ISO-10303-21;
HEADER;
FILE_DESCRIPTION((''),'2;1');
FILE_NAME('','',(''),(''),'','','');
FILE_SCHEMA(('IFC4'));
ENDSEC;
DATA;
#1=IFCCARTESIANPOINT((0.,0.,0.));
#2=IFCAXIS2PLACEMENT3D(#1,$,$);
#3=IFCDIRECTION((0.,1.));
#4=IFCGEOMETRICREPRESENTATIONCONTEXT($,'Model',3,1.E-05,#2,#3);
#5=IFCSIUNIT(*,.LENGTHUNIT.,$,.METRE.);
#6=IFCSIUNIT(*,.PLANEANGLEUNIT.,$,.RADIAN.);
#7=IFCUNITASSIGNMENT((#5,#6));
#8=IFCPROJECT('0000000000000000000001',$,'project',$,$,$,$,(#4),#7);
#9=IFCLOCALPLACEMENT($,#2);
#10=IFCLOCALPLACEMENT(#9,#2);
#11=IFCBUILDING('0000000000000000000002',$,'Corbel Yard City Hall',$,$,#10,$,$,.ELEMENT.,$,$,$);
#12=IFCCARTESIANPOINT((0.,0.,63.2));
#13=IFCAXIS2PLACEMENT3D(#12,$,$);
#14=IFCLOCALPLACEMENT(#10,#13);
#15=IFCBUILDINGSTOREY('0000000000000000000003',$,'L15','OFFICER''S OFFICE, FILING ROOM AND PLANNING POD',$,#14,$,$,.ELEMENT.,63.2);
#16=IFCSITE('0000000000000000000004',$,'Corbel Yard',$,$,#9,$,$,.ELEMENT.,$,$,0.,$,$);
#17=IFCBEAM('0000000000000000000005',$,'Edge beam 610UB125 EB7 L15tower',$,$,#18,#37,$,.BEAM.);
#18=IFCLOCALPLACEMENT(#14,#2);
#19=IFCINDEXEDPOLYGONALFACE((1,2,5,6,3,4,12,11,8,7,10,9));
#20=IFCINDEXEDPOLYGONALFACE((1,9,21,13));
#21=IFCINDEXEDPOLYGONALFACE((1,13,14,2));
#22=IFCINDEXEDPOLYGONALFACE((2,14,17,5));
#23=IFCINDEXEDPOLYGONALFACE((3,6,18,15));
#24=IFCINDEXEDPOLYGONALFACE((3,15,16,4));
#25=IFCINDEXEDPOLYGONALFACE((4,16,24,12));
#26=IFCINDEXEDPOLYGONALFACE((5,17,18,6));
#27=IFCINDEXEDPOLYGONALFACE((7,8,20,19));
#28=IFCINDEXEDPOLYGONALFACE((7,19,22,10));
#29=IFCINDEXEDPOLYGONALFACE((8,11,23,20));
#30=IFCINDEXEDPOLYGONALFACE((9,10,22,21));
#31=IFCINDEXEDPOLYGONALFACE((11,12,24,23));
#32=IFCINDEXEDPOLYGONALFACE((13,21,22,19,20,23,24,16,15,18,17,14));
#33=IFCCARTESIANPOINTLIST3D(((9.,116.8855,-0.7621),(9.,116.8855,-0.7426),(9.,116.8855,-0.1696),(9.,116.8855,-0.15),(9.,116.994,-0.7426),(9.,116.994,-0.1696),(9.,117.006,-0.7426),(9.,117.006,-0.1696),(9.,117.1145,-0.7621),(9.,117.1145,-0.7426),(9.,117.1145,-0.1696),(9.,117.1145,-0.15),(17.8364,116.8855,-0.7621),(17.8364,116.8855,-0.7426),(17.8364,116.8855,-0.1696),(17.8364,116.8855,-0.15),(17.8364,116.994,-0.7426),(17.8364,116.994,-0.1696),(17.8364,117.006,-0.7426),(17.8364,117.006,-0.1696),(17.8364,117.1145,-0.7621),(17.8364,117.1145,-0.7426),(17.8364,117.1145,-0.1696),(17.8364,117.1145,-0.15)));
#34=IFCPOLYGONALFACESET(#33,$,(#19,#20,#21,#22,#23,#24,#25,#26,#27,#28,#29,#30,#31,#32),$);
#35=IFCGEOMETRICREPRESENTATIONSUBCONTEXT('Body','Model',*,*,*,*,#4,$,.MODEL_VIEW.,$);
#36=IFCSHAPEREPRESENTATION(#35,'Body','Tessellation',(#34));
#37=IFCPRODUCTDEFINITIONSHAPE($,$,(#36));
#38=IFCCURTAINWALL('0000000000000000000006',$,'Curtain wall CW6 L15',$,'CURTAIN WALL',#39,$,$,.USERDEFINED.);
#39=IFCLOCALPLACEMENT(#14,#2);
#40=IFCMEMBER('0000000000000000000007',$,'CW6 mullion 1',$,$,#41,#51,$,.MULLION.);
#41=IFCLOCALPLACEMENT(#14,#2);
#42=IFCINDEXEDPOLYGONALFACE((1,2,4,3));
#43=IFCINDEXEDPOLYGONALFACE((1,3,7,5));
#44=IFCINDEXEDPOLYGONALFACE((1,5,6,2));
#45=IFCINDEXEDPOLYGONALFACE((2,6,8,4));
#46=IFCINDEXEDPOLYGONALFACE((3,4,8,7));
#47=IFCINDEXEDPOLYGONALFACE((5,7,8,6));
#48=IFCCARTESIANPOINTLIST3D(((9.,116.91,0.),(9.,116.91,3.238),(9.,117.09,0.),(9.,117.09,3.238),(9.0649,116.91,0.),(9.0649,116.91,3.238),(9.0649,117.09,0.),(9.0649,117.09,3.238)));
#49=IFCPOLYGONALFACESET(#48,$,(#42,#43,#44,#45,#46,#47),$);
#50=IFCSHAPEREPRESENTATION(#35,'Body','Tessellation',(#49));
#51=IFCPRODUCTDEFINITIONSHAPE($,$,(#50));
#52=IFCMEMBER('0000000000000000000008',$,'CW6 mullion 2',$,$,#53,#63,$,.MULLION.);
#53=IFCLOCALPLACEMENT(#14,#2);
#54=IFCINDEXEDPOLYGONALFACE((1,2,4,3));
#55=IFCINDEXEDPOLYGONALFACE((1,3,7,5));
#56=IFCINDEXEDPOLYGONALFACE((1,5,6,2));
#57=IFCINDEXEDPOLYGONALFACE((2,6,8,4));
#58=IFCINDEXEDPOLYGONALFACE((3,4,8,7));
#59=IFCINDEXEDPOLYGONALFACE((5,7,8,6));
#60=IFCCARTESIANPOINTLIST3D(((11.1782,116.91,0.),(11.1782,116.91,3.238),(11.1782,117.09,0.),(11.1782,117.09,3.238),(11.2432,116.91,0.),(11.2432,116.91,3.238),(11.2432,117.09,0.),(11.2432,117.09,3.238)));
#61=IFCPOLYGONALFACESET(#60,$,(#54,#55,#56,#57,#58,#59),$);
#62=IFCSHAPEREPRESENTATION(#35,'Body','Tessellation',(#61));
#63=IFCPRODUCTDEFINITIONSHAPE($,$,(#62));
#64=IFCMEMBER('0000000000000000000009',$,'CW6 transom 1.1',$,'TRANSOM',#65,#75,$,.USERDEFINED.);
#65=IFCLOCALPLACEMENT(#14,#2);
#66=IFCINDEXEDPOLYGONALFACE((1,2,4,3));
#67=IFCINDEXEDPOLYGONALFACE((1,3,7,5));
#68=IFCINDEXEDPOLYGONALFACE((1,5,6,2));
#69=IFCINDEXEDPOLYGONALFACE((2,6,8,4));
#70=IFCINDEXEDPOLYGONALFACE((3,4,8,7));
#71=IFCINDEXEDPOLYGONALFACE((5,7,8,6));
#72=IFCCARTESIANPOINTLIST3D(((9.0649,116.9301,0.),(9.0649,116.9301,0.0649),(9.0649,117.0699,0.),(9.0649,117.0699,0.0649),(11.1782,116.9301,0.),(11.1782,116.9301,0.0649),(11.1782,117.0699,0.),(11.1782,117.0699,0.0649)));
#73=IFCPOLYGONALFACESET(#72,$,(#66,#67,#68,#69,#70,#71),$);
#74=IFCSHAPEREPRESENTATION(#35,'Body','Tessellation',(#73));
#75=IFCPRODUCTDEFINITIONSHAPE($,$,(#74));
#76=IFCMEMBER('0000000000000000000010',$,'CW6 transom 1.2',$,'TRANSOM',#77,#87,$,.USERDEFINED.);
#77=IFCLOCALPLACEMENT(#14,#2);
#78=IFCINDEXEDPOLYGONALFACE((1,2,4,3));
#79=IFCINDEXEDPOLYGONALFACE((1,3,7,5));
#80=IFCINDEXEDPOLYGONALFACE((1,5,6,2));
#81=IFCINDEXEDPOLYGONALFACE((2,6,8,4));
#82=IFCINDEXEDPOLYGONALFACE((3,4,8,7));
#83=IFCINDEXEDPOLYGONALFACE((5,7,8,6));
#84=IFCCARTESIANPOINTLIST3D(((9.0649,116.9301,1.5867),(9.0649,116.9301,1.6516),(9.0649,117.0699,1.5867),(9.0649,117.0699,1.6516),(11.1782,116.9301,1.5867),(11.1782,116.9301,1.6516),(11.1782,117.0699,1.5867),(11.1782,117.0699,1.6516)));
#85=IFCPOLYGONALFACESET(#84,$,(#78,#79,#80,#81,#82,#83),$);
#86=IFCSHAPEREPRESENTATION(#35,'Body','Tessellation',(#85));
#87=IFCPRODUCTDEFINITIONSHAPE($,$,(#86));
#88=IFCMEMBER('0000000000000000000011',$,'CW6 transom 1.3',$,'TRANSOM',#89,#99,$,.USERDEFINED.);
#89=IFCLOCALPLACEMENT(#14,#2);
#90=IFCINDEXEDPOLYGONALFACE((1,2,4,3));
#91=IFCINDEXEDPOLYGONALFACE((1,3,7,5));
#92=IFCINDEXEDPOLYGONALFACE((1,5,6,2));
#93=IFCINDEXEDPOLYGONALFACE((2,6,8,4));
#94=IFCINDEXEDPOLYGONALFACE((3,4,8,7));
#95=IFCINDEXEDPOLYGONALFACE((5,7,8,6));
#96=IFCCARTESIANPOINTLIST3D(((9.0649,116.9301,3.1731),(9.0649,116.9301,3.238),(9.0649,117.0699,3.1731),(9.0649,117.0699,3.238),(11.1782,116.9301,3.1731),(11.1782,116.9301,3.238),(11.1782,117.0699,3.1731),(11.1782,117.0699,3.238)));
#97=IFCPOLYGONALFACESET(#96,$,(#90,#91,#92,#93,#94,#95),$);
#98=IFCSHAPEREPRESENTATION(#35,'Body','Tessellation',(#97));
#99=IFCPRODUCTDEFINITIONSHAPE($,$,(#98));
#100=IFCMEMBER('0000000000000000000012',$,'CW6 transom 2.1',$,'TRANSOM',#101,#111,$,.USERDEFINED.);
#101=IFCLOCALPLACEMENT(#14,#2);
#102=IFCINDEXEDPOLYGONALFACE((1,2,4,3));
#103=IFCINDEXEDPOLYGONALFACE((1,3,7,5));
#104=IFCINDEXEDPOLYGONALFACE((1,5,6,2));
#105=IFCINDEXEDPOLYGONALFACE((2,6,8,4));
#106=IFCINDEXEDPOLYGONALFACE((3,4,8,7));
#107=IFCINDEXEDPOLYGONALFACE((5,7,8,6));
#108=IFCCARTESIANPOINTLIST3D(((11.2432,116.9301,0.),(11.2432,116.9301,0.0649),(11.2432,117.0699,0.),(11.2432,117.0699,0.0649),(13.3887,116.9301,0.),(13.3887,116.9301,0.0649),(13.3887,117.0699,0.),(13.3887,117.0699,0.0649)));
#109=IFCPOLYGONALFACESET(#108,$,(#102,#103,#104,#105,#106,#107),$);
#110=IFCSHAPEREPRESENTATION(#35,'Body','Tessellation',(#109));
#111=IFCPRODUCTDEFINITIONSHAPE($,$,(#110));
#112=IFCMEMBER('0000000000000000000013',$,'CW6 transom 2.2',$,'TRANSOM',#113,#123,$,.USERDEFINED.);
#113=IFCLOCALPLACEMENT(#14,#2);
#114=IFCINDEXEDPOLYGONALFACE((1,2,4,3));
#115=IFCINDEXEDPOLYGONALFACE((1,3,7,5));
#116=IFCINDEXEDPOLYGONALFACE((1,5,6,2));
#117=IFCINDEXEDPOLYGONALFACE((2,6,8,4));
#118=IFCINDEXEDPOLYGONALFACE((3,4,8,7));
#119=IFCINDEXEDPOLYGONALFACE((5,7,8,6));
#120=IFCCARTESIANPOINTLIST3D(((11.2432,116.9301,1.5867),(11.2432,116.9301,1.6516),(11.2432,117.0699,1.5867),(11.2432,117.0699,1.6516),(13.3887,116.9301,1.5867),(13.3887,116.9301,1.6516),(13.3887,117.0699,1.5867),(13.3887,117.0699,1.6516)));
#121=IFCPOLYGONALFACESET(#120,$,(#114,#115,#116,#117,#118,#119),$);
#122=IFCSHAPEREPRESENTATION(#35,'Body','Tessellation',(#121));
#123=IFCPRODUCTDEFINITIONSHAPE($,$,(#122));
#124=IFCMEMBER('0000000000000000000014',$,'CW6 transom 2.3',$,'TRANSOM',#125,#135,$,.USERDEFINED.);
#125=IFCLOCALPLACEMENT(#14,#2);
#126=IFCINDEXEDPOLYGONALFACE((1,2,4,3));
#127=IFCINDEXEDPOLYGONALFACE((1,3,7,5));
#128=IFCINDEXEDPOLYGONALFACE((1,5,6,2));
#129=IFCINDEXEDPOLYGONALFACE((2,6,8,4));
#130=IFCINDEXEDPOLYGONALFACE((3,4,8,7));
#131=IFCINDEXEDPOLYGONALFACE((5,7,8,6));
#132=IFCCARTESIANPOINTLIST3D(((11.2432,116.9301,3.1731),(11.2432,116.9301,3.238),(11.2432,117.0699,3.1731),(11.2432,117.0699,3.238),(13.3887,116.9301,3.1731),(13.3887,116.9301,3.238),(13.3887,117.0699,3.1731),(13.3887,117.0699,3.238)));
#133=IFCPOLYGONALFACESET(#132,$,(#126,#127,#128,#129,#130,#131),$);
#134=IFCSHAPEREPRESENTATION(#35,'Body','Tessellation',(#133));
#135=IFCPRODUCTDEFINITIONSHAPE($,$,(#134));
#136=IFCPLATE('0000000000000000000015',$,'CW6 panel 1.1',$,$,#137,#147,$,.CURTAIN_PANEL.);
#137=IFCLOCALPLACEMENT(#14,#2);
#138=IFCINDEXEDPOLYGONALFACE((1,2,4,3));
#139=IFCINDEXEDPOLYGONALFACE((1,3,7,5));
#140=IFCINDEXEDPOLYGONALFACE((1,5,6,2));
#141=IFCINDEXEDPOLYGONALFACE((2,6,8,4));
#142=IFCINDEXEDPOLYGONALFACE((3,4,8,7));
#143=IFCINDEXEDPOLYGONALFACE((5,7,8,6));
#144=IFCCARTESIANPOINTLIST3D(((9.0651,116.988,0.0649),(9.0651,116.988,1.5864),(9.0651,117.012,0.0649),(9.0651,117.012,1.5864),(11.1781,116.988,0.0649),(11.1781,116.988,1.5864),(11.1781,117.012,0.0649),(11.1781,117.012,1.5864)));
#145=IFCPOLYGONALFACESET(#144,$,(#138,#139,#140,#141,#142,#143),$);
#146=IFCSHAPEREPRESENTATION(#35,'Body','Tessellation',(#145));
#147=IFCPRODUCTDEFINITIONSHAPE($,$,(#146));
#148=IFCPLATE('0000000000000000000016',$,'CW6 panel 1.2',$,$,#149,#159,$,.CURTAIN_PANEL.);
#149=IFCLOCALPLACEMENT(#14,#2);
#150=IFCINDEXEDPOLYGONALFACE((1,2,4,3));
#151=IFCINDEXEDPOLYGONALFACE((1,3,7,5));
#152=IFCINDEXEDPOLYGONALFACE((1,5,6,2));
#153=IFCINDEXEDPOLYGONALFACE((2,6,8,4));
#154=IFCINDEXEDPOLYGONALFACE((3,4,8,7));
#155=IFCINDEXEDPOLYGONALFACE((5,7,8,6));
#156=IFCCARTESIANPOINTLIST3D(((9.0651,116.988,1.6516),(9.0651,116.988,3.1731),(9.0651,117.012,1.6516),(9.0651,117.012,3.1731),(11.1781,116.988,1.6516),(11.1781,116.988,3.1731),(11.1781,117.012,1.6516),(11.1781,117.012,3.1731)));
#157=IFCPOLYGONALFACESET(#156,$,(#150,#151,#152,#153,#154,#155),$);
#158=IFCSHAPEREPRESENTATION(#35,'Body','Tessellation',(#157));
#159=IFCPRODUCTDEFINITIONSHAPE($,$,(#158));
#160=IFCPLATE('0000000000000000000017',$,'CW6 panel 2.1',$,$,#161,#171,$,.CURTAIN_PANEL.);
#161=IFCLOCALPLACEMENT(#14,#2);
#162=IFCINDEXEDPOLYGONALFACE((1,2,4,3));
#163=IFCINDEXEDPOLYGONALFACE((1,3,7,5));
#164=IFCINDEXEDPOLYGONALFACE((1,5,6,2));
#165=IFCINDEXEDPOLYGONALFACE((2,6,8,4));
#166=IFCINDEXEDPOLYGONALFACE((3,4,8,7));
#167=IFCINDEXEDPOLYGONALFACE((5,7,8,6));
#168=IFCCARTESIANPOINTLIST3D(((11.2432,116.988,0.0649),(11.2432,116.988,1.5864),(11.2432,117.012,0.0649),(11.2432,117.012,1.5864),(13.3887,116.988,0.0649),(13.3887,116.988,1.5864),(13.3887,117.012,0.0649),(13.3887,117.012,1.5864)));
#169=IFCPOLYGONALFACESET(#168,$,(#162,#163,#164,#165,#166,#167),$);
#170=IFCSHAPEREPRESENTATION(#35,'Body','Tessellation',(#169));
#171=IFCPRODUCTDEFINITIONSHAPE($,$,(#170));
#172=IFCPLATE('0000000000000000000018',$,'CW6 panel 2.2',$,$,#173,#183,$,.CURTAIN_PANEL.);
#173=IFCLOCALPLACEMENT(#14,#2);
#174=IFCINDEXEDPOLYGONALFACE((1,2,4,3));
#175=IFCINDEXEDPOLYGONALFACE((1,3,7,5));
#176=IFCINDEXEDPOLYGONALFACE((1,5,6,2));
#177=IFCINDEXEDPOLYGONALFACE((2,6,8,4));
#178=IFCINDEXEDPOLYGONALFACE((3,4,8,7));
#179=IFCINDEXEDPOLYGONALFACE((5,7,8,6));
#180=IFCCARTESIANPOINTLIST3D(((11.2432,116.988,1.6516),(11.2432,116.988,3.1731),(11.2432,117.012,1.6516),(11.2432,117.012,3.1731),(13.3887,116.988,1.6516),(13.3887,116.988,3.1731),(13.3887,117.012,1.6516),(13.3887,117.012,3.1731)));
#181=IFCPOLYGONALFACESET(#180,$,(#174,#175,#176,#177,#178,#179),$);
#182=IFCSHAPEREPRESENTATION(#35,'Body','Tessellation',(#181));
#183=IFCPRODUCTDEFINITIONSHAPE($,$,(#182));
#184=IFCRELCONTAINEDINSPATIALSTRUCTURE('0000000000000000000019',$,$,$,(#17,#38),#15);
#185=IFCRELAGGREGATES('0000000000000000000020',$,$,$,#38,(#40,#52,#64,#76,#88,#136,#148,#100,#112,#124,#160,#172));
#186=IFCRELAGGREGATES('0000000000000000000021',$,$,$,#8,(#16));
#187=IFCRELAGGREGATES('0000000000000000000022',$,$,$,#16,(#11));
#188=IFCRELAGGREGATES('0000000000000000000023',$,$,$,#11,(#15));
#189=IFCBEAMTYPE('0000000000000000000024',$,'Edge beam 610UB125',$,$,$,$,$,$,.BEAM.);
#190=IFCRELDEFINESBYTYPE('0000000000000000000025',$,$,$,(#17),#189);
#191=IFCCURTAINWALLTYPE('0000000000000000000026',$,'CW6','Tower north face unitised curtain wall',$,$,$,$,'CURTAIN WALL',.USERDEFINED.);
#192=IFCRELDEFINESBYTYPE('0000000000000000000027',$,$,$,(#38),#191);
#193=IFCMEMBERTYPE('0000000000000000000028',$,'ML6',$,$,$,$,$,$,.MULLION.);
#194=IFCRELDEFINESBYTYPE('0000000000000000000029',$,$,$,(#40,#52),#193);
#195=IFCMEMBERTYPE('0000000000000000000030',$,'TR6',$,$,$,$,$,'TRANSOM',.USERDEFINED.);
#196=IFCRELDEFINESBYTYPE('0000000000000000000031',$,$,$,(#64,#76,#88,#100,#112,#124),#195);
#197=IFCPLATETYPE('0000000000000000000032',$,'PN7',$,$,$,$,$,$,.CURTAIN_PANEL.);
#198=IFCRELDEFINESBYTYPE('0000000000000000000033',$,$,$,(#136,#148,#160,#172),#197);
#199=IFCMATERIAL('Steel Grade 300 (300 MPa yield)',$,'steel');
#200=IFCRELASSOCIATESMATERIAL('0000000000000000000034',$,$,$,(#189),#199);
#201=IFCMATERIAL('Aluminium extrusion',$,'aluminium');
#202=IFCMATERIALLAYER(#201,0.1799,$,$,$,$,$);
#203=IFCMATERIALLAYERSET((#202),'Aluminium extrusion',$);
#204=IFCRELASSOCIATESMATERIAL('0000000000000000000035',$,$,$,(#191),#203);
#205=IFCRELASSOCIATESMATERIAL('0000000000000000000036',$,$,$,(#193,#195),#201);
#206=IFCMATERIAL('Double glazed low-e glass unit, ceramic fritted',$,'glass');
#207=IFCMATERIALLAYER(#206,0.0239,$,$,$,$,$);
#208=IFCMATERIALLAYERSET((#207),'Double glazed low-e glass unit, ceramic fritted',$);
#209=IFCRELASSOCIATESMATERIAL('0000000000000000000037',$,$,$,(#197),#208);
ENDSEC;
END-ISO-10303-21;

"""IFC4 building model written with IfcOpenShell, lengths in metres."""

from ifc_helpers import new_model, si_unit, direction, frame, origin, origin_2d, place, context, subcontext, project, spatial, rectangle, i_section, extrude, material, layer, layer_set, material_profile, profile_set, type_object, element, aggregate, save


model = new_model("IFC4")

# Units and contexts
model_context = context("Model", 3, precision=1e-05, world=origin(), true_north=direction((0.0, 1.0)))
body_context = subcontext(model_context, "Body", "Model", "MODEL_VIEW")
ifc_project = project(units=[si_unit("LENGTHUNIT", "METRE"), si_unit("PLANEANGLEUNIT", "RADIAN")], contexts=[model_context])

# Site, building, storey
site_placement = place(None, origin())
site = spatial("IfcSite", under=ifc_project, at=site_placement, Name="Corbel Yard", CompositionType="ELEMENT", RefElevation=0.0)
building_placement = place(site_placement, origin())
building = spatial("IfcBuilding", under=site, at=building_placement, Name="Corbel Yard City Hall", CompositionType="ELEMENT")
storey_placement = place(building_placement, frame((0.0, 0.0, 63.2)))
storey = spatial("IfcBuildingStorey", under=building, at=storey_placement, Name="L15", Description="OFFICER'S OFFICE, FILING ROOM AND PLANNING POD", CompositionType="ELEMENT", Elevation=63.2)

# Beam
ifc_material_1 = material(Name="Steel Grade 300 (300 MPa yield)", Category="steel")
ifc_material_profile_1 = material_profile(ifc_material_1, i_section(OverallWidth=0.229, OverallDepth=0.6121, WebThickness=0.012, FlangeThickness=0.0195, at=origin_2d()), Name="610UB125")
ifc_profile_set_1 = profile_set([ifc_material_profile_1], Name="Steel Grade 300 (300 MPa yield)")
beam_type = type_object("IfcBeamType", Name="Edge beam 610UB125", PredefinedType="BEAM", material=ifc_profile_set_1)
beam_placement = place(storey_placement, frame((9.0, 117.0, -0.4561), z_axis=(1.0, 0.0, 0.0), x_axis=(0.0, 1.0, 0.0)))
element("IfcBeam", 1, at=beam_placement, inside=storey, type_object=beam_type, Name="Edge beam 610UB125 EB7 L15tower", PredefinedType="BEAM", context=body_context, shape_type="SweptSolid", body=[
    extrude(i_section(OverallWidth=0.229, OverallDepth=0.6121, WebThickness=0.012, FlangeThickness=0.0195, at=origin_2d()), origin(), (0.0, 0.0, 1.0), 8.8364),
])

# Curtain wall, members, plates
ifc_material_2 = material(Name="Aluminium extrusion", Category="aluminium")
ifc_layer_1 = layer(ifc_material_2, 0.1799)
ifc_layer_set_1 = layer_set([ifc_layer_1], Name="Aluminium extrusion")
curtain_wall_type = type_object("IfcCurtainWallType", Name="CW6", Description="Tower north face unitised curtain wall", ElementType="CURTAIN WALL", PredefinedType="USERDEFINED", material=ifc_layer_set_1)
curtain_wall_placement = place(storey_placement, origin())
curtain_wall = element("IfcCurtainWall", 2, at=curtain_wall_placement, inside=storey, type_object=curtain_wall_type, Name="Curtain wall CW6 L15", ObjectType="CURTAIN WALL", PredefinedType="USERDEFINED")
ifc_material_profile_2 = material_profile(ifc_material_2, rectangle(XDim=0.1799, YDim=0.0649, at=origin_2d()), Name="180x65")
ifc_profile_set_2 = profile_set([ifc_material_profile_2], Name="Aluminium extrusion")
member_type_1 = type_object("IfcMemberType", Name="ML6", PredefinedType="MULLION", material=ifc_profile_set_2)
member_1_placement = place(storey_placement, frame((9.0325, 117.0, 0.0), z_axis=(0.0, 0.0, 1.0), x_axis=(0.0, 1.0, 0.0)))
member_1 = element("IfcMember", 3, at=member_1_placement, type_object=member_type_1, Name="CW6 mullion 1", PredefinedType="MULLION", context=body_context, shape_type="SweptSolid", body=[
    extrude(rectangle(XDim=0.1799, YDim=0.0649, at=origin_2d()), origin(), (0.0, 0.0, 1.0), 3.238),
])
member_2_placement = place(storey_placement, frame((11.2107, 117.0, 0.0), z_axis=(0.0, 0.0, 1.0), x_axis=(0.0, 1.0, 0.0)))
member_2 = element("IfcMember", 4, at=member_2_placement, type_object=member_type_1, Name="CW6 mullion 2", PredefinedType="MULLION", context=body_context, shape_type="SweptSolid", body=[
    extrude(rectangle(XDim=0.1799, YDim=0.0649, at=origin_2d()), origin(), (0.0, 0.0, 1.0), 3.238),
])
ifc_material_profile_3 = material_profile(ifc_material_2, rectangle(XDim=0.1399, YDim=0.0649, at=origin_2d()), Name="140x65")
ifc_profile_set_3 = profile_set([ifc_material_profile_3], Name="Aluminium extrusion")
member_type_2 = type_object("IfcMemberType", Name="TR6", ElementType="TRANSOM", PredefinedType="USERDEFINED", material=ifc_profile_set_3)
member_3_placement = place(storey_placement, frame((9.0649, 117.0, 0.0325), z_axis=(1.0, 0.0, 0.0), x_axis=(0.0, 1.0, 0.0)))
member_3 = element("IfcMember", 5, at=member_3_placement, type_object=member_type_2, Name="CW6 transom 1.1", ObjectType="TRANSOM", PredefinedType="USERDEFINED", context=body_context, shape_type="SweptSolid", body=[
    extrude(rectangle(XDim=0.1399, YDim=0.0649, at=origin_2d()), origin(), (0.0, 0.0, 1.0), 2.1133),
])
member_4_placement = place(storey_placement, frame((9.0649, 117.0, 1.6191), z_axis=(1.0, 0.0, 0.0), x_axis=(0.0, 1.0, 0.0)))
member_4 = element("IfcMember", 6, at=member_4_placement, type_object=member_type_2, Name="CW6 transom 1.2", ObjectType="TRANSOM", PredefinedType="USERDEFINED", context=body_context, shape_type="SweptSolid", body=[
    extrude(rectangle(XDim=0.1399, YDim=0.0649, at=origin_2d()), origin(), (0.0, 0.0, 1.0), 2.1133),
])
member_5_placement = place(storey_placement, frame((9.0649, 117.0, 3.2056), z_axis=(1.0, 0.0, 0.0), x_axis=(0.0, 1.0, 0.0)))
member_5 = element("IfcMember", 7, at=member_5_placement, type_object=member_type_2, Name="CW6 transom 1.3", ObjectType="TRANSOM", PredefinedType="USERDEFINED", context=body_context, shape_type="SweptSolid", body=[
    extrude(rectangle(XDim=0.1399, YDim=0.0649, at=origin_2d()), origin(), (0.0, 0.0, 1.0), 2.1133),
])
member_6_placement = place(storey_placement, frame((11.2432, 117.0, 0.0325), z_axis=(1.0, 0.0, 0.0), x_axis=(0.0, 1.0, 0.0)))
member_6 = element("IfcMember", 8, at=member_6_placement, type_object=member_type_2, Name="CW6 transom 2.1", ObjectType="TRANSOM", PredefinedType="USERDEFINED", context=body_context, shape_type="SweptSolid", body=[
    extrude(rectangle(XDim=0.1399, YDim=0.0649, at=origin_2d()), origin(), (0.0, 0.0, 1.0), 2.1455),
])
member_7_placement = place(storey_placement, frame((11.2432, 117.0, 1.6191), z_axis=(1.0, 0.0, 0.0), x_axis=(0.0, 1.0, 0.0)))
member_7 = element("IfcMember", 9, at=member_7_placement, type_object=member_type_2, Name="CW6 transom 2.2", ObjectType="TRANSOM", PredefinedType="USERDEFINED", context=body_context, shape_type="SweptSolid", body=[
    extrude(rectangle(XDim=0.1399, YDim=0.0649, at=origin_2d()), origin(), (0.0, 0.0, 1.0), 2.1455),
])
member_8_placement = place(storey_placement, frame((11.2432, 117.0, 3.2056), z_axis=(1.0, 0.0, 0.0), x_axis=(0.0, 1.0, 0.0)))
member_8 = element("IfcMember", 10, at=member_8_placement, type_object=member_type_2, Name="CW6 transom 2.3", ObjectType="TRANSOM", PredefinedType="USERDEFINED", context=body_context, shape_type="SweptSolid", body=[
    extrude(rectangle(XDim=0.1399, YDim=0.0649, at=origin_2d()), origin(), (0.0, 0.0, 1.0), 2.1455),
])
ifc_material_3 = material(Name="Double glazed low-e glass unit, ceramic fritted", Category="glass")
ifc_layer_2 = layer(ifc_material_3, 0.0239)
ifc_layer_set_2 = layer_set([ifc_layer_2], Name="Double glazed low-e glass unit, ceramic fritted")
plate_type = type_object("IfcPlateType", Name="PN7", PredefinedType="CURTAIN_PANEL", material=ifc_layer_set_2)
plate_1_placement = place(storey_placement, frame((10.1216, 117.0, 0.0649), z_axis=(0.0, 0.0, 1.0), x_axis=(1.0, 0.0, 0.0)))
plate_1 = element("IfcPlate", 11, at=plate_1_placement, type_object=plate_type, Name="CW6 panel 1.1", PredefinedType="CURTAIN_PANEL", context=body_context, shape_type="SweptSolid", body=[
    extrude(rectangle(XDim=2.113, YDim=0.0239, at=origin_2d()), origin(), (0.0, 0.0, 1.0), 1.5215),
])
plate_2_placement = place(storey_placement, frame((10.1216, 117.0, 1.6516), z_axis=(0.0, 0.0, 1.0), x_axis=(1.0, 0.0, 0.0)))
plate_2 = element("IfcPlate", 12, at=plate_2_placement, type_object=plate_type, Name="CW6 panel 1.2", PredefinedType="CURTAIN_PANEL", context=body_context, shape_type="SweptSolid", body=[
    extrude(rectangle(XDim=2.113, YDim=0.0239, at=origin_2d()), origin(), (0.0, 0.0, 1.0), 1.5215),
])
plate_3_placement = place(storey_placement, frame((12.3159, 117.0, 0.0649), z_axis=(0.0, 0.0, 1.0), x_axis=(1.0, 0.0, 0.0)))
plate_3 = element("IfcPlate", 13, at=plate_3_placement, type_object=plate_type, Name="CW6 panel 2.1", PredefinedType="CURTAIN_PANEL", context=body_context, shape_type="SweptSolid", body=[
    extrude(rectangle(XDim=2.1455, YDim=0.0239, at=origin_2d()), origin(), (0.0, 0.0, 1.0), 1.5215),
])
plate_4_placement = place(storey_placement, frame((12.3159, 117.0, 1.6516), z_axis=(0.0, 0.0, 1.0), x_axis=(1.0, 0.0, 0.0)))
plate_4 = element("IfcPlate", 14, at=plate_4_placement, type_object=plate_type, Name="CW6 panel 2.2", PredefinedType="CURTAIN_PANEL", context=body_context, shape_type="SweptSolid", body=[
    extrude(rectangle(XDim=2.1455, YDim=0.0239, at=origin_2d()), origin(), (0.0, 0.0, 1.0), 1.5215),
])
aggregate(curtain_wall, [member_1, member_2, member_3, member_4, member_5, plate_1, plate_2, member_6, member_7, member_8, plate_3, plate_4])

save(model, "model.ifc")
